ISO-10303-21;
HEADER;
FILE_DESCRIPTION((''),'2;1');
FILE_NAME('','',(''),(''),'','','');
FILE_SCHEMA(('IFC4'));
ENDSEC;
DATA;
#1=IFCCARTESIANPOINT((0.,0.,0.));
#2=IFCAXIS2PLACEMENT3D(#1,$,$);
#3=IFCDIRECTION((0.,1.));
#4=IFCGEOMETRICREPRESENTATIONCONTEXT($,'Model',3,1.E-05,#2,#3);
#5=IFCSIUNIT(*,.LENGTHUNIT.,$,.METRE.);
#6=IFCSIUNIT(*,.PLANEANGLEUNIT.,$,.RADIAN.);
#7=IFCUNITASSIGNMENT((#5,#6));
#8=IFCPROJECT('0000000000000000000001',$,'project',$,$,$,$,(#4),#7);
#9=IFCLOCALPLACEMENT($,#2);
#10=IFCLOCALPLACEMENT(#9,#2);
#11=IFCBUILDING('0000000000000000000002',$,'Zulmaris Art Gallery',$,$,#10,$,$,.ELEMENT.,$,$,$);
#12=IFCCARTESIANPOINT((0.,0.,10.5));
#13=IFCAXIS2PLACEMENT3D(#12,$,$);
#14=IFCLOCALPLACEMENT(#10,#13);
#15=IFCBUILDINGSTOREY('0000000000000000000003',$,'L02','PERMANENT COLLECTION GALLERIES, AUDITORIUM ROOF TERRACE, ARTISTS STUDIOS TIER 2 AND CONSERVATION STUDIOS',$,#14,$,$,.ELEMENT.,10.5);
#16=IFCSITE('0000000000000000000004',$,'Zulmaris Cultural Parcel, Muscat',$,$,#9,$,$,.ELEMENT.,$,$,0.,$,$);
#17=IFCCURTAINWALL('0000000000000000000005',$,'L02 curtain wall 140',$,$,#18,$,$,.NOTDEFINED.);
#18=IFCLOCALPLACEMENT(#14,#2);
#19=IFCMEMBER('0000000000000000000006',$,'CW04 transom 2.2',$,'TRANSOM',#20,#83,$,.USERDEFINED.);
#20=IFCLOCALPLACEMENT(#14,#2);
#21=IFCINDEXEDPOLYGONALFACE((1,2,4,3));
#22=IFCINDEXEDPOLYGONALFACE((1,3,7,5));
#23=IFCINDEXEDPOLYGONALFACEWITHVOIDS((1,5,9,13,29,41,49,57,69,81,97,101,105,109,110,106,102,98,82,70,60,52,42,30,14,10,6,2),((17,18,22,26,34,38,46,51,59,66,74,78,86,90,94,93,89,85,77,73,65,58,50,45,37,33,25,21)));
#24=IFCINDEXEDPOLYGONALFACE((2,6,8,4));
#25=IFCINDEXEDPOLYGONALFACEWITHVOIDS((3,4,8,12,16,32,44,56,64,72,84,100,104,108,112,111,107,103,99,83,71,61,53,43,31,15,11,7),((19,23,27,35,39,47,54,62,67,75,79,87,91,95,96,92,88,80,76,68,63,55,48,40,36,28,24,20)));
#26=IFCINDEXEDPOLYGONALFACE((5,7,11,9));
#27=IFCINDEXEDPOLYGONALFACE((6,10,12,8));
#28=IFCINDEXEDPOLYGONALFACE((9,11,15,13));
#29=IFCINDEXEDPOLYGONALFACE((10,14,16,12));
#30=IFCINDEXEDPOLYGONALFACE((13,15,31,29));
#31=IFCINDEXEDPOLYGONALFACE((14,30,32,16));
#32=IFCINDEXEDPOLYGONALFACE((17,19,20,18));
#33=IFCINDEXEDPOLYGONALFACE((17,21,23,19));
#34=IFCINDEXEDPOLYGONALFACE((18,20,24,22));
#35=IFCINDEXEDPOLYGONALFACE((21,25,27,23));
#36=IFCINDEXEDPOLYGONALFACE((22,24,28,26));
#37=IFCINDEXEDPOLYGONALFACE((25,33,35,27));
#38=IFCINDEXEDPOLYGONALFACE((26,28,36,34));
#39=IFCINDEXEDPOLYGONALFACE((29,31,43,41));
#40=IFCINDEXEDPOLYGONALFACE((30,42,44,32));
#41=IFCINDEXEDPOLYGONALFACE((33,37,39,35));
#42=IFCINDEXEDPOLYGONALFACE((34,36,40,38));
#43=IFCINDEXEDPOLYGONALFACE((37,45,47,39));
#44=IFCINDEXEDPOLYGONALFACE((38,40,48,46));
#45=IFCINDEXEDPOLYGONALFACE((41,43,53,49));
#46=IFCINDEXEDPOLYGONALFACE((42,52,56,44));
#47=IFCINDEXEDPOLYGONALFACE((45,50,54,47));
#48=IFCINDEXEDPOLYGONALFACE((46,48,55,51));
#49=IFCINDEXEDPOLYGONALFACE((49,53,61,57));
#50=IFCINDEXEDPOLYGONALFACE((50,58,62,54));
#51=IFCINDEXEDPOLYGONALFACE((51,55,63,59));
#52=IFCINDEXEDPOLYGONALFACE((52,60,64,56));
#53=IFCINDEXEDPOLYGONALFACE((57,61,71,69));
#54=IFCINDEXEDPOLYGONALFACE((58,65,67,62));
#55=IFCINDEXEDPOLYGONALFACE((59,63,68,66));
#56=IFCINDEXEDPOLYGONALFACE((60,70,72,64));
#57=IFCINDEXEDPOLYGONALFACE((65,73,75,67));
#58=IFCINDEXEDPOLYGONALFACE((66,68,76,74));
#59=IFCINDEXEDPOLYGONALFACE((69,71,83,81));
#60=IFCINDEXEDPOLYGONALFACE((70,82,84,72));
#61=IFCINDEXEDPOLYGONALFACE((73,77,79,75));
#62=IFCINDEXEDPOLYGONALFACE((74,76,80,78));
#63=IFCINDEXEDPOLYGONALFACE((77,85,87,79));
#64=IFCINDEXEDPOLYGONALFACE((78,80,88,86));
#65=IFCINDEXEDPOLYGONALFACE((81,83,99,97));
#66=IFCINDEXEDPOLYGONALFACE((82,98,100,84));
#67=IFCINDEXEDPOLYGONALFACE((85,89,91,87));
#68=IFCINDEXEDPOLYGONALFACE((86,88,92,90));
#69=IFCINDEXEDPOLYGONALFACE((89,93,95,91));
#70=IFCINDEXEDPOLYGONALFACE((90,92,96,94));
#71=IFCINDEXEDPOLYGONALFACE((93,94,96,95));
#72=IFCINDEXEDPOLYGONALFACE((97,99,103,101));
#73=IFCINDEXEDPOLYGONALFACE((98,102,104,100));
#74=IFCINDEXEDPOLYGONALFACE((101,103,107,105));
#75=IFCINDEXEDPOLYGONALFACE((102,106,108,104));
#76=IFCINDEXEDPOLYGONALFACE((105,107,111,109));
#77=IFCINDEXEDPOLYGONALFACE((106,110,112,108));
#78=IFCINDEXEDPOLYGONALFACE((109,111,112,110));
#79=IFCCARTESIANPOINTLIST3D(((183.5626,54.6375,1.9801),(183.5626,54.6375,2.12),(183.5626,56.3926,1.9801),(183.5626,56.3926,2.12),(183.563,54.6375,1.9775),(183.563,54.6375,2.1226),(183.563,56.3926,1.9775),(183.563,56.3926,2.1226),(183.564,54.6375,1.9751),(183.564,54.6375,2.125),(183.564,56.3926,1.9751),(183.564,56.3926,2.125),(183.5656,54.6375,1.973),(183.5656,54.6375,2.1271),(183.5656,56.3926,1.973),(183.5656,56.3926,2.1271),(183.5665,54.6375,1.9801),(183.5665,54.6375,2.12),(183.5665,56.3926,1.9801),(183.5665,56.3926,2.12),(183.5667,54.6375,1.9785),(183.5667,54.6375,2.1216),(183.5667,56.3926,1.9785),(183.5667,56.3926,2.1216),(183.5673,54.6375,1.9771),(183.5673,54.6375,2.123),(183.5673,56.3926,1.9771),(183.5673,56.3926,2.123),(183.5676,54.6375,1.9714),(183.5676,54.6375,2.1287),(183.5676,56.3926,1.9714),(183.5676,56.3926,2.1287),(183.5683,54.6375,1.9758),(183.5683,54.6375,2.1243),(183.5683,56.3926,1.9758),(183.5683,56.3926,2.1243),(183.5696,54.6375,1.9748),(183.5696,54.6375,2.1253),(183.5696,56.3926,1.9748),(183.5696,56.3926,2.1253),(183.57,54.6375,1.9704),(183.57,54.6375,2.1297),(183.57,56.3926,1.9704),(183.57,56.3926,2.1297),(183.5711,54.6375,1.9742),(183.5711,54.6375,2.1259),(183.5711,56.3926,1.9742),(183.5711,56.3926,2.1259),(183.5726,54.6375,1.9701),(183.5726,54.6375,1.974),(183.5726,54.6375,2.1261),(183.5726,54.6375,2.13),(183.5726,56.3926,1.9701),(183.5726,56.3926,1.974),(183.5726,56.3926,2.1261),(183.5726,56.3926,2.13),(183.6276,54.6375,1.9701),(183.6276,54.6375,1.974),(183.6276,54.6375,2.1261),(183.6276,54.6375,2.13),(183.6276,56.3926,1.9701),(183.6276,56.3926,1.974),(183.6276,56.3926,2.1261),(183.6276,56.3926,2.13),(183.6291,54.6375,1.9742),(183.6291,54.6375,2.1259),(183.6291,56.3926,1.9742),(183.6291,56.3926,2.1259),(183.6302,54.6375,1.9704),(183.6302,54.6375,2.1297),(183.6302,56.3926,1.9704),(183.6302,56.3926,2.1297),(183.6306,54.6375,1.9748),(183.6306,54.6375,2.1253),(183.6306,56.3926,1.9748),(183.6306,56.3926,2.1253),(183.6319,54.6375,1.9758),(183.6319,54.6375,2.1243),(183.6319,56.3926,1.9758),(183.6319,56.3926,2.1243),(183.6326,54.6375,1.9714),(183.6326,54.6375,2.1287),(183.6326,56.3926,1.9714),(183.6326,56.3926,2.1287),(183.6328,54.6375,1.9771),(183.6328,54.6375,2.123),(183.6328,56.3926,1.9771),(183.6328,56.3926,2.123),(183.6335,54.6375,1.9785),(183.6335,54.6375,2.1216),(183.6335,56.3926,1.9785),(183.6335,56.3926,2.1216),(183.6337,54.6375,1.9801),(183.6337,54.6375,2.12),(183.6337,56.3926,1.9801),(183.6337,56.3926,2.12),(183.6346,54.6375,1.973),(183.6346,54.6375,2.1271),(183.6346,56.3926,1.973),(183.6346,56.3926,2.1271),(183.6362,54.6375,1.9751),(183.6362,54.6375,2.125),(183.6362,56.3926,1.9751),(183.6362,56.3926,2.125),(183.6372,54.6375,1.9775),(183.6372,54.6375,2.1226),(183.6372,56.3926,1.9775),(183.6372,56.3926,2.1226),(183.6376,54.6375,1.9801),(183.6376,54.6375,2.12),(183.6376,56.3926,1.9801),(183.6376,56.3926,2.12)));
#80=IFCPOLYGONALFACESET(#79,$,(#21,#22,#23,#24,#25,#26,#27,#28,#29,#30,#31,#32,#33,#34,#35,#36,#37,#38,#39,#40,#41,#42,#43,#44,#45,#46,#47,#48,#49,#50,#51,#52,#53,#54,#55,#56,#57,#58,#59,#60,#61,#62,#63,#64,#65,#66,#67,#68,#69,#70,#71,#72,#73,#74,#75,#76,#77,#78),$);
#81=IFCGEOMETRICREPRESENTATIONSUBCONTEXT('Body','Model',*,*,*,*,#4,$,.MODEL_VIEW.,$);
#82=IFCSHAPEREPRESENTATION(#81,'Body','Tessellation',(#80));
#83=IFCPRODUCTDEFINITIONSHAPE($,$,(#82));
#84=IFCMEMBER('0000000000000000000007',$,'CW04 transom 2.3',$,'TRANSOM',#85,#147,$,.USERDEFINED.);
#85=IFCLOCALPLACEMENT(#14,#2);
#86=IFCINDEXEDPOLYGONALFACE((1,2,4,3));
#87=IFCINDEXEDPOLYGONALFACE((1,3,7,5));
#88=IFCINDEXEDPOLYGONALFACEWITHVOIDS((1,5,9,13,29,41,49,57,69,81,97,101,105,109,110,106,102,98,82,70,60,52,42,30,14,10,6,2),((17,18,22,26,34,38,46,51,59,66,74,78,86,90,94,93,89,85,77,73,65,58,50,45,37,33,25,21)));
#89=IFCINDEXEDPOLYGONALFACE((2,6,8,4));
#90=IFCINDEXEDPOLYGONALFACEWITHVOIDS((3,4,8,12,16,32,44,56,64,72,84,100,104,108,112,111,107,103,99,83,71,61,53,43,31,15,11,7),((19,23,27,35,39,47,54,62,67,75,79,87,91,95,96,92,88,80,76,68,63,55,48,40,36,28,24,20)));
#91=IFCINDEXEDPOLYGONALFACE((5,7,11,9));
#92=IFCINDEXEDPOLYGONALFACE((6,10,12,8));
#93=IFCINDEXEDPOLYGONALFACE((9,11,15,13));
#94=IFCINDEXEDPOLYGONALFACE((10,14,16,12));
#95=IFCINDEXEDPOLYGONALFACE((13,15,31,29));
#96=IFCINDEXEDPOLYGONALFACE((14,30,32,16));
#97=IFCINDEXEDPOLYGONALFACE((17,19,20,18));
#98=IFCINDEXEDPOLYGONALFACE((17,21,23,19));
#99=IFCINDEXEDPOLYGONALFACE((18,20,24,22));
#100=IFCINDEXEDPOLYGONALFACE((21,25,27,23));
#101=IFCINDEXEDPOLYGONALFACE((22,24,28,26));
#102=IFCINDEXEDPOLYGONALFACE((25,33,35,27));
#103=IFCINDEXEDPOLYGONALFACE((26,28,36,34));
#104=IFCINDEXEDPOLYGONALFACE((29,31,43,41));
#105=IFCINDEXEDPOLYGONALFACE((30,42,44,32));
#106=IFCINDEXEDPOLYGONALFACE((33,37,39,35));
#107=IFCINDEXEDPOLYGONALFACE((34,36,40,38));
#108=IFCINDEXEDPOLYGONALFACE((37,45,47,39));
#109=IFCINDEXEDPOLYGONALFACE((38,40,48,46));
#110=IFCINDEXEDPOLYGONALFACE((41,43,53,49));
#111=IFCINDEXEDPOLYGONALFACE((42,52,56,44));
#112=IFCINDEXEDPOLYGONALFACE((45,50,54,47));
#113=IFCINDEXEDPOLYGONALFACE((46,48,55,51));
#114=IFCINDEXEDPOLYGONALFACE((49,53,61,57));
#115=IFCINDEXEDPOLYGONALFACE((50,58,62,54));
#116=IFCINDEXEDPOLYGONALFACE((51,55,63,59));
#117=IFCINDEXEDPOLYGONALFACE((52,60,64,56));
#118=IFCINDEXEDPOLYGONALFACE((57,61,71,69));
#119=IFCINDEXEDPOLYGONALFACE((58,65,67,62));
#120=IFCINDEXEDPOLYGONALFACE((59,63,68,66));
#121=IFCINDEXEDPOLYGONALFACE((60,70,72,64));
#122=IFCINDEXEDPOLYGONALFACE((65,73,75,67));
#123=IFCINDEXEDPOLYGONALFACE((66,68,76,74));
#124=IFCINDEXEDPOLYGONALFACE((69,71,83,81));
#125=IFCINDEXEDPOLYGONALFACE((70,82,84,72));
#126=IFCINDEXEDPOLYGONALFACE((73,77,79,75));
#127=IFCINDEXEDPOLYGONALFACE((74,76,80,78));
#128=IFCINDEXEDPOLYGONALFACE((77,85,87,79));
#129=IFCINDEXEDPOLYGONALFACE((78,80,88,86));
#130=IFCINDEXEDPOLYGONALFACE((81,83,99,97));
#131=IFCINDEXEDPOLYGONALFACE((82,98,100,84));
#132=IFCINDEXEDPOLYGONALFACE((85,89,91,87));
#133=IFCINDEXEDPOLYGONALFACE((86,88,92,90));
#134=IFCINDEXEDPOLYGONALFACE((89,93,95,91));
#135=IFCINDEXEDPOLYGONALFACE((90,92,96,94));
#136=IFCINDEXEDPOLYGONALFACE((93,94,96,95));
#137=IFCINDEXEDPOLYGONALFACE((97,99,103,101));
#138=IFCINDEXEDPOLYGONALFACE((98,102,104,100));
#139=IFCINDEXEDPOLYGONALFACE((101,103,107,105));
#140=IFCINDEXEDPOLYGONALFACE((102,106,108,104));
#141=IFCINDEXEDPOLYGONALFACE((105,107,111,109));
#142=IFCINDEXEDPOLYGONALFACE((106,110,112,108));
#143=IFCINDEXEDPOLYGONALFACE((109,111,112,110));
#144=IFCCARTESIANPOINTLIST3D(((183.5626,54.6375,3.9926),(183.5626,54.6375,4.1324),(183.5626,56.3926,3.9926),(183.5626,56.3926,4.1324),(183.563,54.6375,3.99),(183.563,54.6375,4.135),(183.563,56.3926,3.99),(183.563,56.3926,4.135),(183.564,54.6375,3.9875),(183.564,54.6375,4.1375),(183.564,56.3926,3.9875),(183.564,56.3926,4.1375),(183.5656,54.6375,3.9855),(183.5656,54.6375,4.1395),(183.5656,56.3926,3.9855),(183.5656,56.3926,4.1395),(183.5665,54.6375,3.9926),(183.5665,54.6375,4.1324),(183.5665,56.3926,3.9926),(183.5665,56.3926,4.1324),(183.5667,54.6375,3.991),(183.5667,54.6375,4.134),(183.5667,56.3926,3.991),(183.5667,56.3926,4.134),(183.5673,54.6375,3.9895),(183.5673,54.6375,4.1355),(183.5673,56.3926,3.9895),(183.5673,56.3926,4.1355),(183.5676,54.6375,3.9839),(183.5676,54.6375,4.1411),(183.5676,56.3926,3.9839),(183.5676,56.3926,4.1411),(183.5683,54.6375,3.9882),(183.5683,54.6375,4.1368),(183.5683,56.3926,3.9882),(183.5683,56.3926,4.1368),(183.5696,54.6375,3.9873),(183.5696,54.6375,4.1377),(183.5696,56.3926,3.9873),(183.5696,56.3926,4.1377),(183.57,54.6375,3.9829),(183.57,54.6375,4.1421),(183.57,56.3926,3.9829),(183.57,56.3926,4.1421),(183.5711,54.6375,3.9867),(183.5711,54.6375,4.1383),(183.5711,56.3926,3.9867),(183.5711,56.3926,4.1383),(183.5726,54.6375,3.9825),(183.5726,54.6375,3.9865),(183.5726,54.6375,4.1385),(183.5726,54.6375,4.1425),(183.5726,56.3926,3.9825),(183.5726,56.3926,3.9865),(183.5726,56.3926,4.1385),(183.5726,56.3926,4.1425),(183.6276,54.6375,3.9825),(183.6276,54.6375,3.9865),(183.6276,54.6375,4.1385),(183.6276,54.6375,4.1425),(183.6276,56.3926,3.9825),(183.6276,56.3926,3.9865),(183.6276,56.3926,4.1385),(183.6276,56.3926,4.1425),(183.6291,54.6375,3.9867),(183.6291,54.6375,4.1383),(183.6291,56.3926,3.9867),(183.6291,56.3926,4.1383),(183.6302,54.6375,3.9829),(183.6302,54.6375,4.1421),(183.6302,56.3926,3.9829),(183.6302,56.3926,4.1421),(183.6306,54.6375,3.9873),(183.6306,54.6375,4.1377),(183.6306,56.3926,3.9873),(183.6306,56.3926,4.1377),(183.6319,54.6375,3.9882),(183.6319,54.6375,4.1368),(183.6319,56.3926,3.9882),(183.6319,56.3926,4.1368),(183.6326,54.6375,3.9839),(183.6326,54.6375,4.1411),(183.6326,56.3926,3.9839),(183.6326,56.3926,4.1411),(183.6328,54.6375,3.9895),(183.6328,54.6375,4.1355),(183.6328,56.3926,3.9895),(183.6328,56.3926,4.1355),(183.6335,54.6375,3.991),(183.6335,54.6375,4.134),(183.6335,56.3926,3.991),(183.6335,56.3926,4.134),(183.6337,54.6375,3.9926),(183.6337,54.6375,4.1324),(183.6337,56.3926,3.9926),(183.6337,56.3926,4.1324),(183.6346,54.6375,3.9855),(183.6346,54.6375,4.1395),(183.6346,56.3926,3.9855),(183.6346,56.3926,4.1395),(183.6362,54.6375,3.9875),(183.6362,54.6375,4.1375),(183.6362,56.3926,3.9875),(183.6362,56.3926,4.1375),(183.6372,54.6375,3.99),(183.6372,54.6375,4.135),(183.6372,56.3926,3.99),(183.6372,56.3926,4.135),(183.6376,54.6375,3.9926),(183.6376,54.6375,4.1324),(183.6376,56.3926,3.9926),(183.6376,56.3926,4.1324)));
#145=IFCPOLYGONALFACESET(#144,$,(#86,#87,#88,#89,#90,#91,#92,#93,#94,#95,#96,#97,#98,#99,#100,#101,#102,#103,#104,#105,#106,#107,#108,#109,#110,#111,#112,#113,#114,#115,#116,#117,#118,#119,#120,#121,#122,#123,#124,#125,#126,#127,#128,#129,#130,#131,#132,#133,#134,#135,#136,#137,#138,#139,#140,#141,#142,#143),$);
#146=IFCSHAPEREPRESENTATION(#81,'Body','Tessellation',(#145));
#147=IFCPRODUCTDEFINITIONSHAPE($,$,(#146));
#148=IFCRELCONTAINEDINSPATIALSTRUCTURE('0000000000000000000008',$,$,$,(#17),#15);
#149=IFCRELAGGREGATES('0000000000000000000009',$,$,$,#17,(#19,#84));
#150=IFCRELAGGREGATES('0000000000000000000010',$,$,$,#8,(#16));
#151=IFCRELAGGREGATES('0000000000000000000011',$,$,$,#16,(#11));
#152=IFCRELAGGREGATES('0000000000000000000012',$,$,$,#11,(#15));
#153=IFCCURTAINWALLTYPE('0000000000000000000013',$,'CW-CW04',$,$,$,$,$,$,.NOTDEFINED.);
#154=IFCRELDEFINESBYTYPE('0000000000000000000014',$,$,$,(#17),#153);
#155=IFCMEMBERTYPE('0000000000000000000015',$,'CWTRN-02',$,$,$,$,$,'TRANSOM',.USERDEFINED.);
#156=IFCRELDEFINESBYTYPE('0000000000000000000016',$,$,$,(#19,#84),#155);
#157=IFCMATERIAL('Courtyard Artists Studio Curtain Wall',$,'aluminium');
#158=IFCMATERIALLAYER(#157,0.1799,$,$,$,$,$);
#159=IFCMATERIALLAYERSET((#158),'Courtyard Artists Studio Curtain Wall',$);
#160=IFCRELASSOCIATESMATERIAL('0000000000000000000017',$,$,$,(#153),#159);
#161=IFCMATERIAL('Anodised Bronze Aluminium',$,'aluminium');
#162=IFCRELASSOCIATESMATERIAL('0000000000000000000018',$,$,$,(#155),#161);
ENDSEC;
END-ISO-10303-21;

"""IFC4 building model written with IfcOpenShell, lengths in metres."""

from ifc_helpers import new_model, si_unit, direction, frame, origin, origin_2d, place, context, subcontext, project, spatial, hollow_rectangle, extrude, material, layer, layer_set, material_profile, profile_set, type_object, element, aggregate, save


model = new_model("IFC4")

# Units and contexts
model_context = context("Model", 3, precision=1e-05, world=origin(), true_north=direction((0.0, 1.0)))
body_context = subcontext(model_context, "Body", "Model", "MODEL_VIEW")
ifc_project = project(units=[si_unit("LENGTHUNIT", "METRE"), si_unit("PLANEANGLEUNIT", "RADIAN")], contexts=[model_context])

# Site, building, storey
site_placement = place(None, origin())
site = spatial("IfcSite", under=ifc_project, at=site_placement, Name="Zulmaris Cultural Parcel, Muscat", CompositionType="ELEMENT", RefElevation=0.0)
building_placement = place(site_placement, origin())
building = spatial("IfcBuilding", under=site, at=building_placement, Name="Zulmaris Art Gallery", CompositionType="ELEMENT")
storey_placement = place(building_placement, frame((0.0, 0.0, 10.5)))
storey = spatial("IfcBuildingStorey", under=building, at=storey_placement, Name="L02", Description="PERMANENT COLLECTION GALLERIES, AUDITORIUM ROOF TERRACE, ARTISTS STUDIOS TIER 2 AND CONSERVATION STUDIOS", CompositionType="ELEMENT", Elevation=10.5)

# Curtain wall, members
ifc_material_1 = material(Name="Courtyard Artists Studio Curtain Wall", Category="aluminium")
ifc_layer_1 = layer(ifc_material_1, 0.1799)
ifc_layer_set_1 = layer_set([ifc_layer_1], Name="Courtyard Artists Studio Curtain Wall")
curtain_wall_type = type_object("IfcCurtainWallType", Name="CW-CW04", PredefinedType="NOTDEFINED", material=ifc_layer_set_1)
curtain_wall_placement = place(storey_placement, origin())
curtain_wall = element("IfcCurtainWall", 1, at=curtain_wall_placement, inside=storey, type_object=curtain_wall_type, Name="L02 curtain wall 140", PredefinedType="NOTDEFINED")
ifc_material_2 = material(Name="Anodised Bronze Aluminium", Category="aluminium")
ifc_material_profile_1 = material_profile(ifc_material_2, hollow_rectangle(XDim=0.075, YDim=0.1599, WallThickness=0.0039, InnerFilletRadius=0.0061, OuterFilletRadius=0.01, at=origin_2d()), Name="ALU 75x160x4")
ifc_profile_set_1 = profile_set([ifc_material_profile_1], Name="Anodised Bronze Aluminium")
member_type_1 = type_object("IfcMemberType", Name="CWTRN-02", ElementType="TRANSOM", PredefinedType="USERDEFINED", material=ifc_profile_set_1)
member_1_placement = place(storey_placement, frame((183.6001, 56.3926, 2.05), z_axis=(0.0, -1.0, 0.0), x_axis=(1.0, 0.0, 0.0)))
member_1 = element("IfcMember", 2, at=member_1_placement, type_object=member_type_1, Name="CW04 transom 2.2", ObjectType="TRANSOM", PredefinedType="USERDEFINED", context=body_context, shape_type="SweptSolid", body=[
    extrude(hollow_rectangle(XDim=0.075, YDim=0.1599, WallThickness=0.0039, InnerFilletRadius=0.0061, OuterFilletRadius=0.01, at=origin_2d()), origin(), (0.0, 0.0, 1.0), 1.7551),
])
member_2_placement = place(storey_placement, frame((183.6001, 56.3926, 4.0625), z_axis=(0.0, -1.0, 0.0), x_axis=(1.0, 0.0, 0.0)))
member_2 = element("IfcMember", 3, at=member_2_placement, type_object=member_type_1, Name="CW04 transom 2.3", ObjectType="TRANSOM", PredefinedType="USERDEFINED", context=body_context, shape_type="SweptSolid", body=[
    extrude(hollow_rectangle(XDim=0.075, YDim=0.1599, WallThickness=0.0039, InnerFilletRadius=0.0061, OuterFilletRadius=0.01, at=origin_2d()), origin(), (0.0, 0.0, 1.0), 1.7551),
])
aggregate(curtain_wall, [member_1, member_2])

save(model, "model.ifc")
